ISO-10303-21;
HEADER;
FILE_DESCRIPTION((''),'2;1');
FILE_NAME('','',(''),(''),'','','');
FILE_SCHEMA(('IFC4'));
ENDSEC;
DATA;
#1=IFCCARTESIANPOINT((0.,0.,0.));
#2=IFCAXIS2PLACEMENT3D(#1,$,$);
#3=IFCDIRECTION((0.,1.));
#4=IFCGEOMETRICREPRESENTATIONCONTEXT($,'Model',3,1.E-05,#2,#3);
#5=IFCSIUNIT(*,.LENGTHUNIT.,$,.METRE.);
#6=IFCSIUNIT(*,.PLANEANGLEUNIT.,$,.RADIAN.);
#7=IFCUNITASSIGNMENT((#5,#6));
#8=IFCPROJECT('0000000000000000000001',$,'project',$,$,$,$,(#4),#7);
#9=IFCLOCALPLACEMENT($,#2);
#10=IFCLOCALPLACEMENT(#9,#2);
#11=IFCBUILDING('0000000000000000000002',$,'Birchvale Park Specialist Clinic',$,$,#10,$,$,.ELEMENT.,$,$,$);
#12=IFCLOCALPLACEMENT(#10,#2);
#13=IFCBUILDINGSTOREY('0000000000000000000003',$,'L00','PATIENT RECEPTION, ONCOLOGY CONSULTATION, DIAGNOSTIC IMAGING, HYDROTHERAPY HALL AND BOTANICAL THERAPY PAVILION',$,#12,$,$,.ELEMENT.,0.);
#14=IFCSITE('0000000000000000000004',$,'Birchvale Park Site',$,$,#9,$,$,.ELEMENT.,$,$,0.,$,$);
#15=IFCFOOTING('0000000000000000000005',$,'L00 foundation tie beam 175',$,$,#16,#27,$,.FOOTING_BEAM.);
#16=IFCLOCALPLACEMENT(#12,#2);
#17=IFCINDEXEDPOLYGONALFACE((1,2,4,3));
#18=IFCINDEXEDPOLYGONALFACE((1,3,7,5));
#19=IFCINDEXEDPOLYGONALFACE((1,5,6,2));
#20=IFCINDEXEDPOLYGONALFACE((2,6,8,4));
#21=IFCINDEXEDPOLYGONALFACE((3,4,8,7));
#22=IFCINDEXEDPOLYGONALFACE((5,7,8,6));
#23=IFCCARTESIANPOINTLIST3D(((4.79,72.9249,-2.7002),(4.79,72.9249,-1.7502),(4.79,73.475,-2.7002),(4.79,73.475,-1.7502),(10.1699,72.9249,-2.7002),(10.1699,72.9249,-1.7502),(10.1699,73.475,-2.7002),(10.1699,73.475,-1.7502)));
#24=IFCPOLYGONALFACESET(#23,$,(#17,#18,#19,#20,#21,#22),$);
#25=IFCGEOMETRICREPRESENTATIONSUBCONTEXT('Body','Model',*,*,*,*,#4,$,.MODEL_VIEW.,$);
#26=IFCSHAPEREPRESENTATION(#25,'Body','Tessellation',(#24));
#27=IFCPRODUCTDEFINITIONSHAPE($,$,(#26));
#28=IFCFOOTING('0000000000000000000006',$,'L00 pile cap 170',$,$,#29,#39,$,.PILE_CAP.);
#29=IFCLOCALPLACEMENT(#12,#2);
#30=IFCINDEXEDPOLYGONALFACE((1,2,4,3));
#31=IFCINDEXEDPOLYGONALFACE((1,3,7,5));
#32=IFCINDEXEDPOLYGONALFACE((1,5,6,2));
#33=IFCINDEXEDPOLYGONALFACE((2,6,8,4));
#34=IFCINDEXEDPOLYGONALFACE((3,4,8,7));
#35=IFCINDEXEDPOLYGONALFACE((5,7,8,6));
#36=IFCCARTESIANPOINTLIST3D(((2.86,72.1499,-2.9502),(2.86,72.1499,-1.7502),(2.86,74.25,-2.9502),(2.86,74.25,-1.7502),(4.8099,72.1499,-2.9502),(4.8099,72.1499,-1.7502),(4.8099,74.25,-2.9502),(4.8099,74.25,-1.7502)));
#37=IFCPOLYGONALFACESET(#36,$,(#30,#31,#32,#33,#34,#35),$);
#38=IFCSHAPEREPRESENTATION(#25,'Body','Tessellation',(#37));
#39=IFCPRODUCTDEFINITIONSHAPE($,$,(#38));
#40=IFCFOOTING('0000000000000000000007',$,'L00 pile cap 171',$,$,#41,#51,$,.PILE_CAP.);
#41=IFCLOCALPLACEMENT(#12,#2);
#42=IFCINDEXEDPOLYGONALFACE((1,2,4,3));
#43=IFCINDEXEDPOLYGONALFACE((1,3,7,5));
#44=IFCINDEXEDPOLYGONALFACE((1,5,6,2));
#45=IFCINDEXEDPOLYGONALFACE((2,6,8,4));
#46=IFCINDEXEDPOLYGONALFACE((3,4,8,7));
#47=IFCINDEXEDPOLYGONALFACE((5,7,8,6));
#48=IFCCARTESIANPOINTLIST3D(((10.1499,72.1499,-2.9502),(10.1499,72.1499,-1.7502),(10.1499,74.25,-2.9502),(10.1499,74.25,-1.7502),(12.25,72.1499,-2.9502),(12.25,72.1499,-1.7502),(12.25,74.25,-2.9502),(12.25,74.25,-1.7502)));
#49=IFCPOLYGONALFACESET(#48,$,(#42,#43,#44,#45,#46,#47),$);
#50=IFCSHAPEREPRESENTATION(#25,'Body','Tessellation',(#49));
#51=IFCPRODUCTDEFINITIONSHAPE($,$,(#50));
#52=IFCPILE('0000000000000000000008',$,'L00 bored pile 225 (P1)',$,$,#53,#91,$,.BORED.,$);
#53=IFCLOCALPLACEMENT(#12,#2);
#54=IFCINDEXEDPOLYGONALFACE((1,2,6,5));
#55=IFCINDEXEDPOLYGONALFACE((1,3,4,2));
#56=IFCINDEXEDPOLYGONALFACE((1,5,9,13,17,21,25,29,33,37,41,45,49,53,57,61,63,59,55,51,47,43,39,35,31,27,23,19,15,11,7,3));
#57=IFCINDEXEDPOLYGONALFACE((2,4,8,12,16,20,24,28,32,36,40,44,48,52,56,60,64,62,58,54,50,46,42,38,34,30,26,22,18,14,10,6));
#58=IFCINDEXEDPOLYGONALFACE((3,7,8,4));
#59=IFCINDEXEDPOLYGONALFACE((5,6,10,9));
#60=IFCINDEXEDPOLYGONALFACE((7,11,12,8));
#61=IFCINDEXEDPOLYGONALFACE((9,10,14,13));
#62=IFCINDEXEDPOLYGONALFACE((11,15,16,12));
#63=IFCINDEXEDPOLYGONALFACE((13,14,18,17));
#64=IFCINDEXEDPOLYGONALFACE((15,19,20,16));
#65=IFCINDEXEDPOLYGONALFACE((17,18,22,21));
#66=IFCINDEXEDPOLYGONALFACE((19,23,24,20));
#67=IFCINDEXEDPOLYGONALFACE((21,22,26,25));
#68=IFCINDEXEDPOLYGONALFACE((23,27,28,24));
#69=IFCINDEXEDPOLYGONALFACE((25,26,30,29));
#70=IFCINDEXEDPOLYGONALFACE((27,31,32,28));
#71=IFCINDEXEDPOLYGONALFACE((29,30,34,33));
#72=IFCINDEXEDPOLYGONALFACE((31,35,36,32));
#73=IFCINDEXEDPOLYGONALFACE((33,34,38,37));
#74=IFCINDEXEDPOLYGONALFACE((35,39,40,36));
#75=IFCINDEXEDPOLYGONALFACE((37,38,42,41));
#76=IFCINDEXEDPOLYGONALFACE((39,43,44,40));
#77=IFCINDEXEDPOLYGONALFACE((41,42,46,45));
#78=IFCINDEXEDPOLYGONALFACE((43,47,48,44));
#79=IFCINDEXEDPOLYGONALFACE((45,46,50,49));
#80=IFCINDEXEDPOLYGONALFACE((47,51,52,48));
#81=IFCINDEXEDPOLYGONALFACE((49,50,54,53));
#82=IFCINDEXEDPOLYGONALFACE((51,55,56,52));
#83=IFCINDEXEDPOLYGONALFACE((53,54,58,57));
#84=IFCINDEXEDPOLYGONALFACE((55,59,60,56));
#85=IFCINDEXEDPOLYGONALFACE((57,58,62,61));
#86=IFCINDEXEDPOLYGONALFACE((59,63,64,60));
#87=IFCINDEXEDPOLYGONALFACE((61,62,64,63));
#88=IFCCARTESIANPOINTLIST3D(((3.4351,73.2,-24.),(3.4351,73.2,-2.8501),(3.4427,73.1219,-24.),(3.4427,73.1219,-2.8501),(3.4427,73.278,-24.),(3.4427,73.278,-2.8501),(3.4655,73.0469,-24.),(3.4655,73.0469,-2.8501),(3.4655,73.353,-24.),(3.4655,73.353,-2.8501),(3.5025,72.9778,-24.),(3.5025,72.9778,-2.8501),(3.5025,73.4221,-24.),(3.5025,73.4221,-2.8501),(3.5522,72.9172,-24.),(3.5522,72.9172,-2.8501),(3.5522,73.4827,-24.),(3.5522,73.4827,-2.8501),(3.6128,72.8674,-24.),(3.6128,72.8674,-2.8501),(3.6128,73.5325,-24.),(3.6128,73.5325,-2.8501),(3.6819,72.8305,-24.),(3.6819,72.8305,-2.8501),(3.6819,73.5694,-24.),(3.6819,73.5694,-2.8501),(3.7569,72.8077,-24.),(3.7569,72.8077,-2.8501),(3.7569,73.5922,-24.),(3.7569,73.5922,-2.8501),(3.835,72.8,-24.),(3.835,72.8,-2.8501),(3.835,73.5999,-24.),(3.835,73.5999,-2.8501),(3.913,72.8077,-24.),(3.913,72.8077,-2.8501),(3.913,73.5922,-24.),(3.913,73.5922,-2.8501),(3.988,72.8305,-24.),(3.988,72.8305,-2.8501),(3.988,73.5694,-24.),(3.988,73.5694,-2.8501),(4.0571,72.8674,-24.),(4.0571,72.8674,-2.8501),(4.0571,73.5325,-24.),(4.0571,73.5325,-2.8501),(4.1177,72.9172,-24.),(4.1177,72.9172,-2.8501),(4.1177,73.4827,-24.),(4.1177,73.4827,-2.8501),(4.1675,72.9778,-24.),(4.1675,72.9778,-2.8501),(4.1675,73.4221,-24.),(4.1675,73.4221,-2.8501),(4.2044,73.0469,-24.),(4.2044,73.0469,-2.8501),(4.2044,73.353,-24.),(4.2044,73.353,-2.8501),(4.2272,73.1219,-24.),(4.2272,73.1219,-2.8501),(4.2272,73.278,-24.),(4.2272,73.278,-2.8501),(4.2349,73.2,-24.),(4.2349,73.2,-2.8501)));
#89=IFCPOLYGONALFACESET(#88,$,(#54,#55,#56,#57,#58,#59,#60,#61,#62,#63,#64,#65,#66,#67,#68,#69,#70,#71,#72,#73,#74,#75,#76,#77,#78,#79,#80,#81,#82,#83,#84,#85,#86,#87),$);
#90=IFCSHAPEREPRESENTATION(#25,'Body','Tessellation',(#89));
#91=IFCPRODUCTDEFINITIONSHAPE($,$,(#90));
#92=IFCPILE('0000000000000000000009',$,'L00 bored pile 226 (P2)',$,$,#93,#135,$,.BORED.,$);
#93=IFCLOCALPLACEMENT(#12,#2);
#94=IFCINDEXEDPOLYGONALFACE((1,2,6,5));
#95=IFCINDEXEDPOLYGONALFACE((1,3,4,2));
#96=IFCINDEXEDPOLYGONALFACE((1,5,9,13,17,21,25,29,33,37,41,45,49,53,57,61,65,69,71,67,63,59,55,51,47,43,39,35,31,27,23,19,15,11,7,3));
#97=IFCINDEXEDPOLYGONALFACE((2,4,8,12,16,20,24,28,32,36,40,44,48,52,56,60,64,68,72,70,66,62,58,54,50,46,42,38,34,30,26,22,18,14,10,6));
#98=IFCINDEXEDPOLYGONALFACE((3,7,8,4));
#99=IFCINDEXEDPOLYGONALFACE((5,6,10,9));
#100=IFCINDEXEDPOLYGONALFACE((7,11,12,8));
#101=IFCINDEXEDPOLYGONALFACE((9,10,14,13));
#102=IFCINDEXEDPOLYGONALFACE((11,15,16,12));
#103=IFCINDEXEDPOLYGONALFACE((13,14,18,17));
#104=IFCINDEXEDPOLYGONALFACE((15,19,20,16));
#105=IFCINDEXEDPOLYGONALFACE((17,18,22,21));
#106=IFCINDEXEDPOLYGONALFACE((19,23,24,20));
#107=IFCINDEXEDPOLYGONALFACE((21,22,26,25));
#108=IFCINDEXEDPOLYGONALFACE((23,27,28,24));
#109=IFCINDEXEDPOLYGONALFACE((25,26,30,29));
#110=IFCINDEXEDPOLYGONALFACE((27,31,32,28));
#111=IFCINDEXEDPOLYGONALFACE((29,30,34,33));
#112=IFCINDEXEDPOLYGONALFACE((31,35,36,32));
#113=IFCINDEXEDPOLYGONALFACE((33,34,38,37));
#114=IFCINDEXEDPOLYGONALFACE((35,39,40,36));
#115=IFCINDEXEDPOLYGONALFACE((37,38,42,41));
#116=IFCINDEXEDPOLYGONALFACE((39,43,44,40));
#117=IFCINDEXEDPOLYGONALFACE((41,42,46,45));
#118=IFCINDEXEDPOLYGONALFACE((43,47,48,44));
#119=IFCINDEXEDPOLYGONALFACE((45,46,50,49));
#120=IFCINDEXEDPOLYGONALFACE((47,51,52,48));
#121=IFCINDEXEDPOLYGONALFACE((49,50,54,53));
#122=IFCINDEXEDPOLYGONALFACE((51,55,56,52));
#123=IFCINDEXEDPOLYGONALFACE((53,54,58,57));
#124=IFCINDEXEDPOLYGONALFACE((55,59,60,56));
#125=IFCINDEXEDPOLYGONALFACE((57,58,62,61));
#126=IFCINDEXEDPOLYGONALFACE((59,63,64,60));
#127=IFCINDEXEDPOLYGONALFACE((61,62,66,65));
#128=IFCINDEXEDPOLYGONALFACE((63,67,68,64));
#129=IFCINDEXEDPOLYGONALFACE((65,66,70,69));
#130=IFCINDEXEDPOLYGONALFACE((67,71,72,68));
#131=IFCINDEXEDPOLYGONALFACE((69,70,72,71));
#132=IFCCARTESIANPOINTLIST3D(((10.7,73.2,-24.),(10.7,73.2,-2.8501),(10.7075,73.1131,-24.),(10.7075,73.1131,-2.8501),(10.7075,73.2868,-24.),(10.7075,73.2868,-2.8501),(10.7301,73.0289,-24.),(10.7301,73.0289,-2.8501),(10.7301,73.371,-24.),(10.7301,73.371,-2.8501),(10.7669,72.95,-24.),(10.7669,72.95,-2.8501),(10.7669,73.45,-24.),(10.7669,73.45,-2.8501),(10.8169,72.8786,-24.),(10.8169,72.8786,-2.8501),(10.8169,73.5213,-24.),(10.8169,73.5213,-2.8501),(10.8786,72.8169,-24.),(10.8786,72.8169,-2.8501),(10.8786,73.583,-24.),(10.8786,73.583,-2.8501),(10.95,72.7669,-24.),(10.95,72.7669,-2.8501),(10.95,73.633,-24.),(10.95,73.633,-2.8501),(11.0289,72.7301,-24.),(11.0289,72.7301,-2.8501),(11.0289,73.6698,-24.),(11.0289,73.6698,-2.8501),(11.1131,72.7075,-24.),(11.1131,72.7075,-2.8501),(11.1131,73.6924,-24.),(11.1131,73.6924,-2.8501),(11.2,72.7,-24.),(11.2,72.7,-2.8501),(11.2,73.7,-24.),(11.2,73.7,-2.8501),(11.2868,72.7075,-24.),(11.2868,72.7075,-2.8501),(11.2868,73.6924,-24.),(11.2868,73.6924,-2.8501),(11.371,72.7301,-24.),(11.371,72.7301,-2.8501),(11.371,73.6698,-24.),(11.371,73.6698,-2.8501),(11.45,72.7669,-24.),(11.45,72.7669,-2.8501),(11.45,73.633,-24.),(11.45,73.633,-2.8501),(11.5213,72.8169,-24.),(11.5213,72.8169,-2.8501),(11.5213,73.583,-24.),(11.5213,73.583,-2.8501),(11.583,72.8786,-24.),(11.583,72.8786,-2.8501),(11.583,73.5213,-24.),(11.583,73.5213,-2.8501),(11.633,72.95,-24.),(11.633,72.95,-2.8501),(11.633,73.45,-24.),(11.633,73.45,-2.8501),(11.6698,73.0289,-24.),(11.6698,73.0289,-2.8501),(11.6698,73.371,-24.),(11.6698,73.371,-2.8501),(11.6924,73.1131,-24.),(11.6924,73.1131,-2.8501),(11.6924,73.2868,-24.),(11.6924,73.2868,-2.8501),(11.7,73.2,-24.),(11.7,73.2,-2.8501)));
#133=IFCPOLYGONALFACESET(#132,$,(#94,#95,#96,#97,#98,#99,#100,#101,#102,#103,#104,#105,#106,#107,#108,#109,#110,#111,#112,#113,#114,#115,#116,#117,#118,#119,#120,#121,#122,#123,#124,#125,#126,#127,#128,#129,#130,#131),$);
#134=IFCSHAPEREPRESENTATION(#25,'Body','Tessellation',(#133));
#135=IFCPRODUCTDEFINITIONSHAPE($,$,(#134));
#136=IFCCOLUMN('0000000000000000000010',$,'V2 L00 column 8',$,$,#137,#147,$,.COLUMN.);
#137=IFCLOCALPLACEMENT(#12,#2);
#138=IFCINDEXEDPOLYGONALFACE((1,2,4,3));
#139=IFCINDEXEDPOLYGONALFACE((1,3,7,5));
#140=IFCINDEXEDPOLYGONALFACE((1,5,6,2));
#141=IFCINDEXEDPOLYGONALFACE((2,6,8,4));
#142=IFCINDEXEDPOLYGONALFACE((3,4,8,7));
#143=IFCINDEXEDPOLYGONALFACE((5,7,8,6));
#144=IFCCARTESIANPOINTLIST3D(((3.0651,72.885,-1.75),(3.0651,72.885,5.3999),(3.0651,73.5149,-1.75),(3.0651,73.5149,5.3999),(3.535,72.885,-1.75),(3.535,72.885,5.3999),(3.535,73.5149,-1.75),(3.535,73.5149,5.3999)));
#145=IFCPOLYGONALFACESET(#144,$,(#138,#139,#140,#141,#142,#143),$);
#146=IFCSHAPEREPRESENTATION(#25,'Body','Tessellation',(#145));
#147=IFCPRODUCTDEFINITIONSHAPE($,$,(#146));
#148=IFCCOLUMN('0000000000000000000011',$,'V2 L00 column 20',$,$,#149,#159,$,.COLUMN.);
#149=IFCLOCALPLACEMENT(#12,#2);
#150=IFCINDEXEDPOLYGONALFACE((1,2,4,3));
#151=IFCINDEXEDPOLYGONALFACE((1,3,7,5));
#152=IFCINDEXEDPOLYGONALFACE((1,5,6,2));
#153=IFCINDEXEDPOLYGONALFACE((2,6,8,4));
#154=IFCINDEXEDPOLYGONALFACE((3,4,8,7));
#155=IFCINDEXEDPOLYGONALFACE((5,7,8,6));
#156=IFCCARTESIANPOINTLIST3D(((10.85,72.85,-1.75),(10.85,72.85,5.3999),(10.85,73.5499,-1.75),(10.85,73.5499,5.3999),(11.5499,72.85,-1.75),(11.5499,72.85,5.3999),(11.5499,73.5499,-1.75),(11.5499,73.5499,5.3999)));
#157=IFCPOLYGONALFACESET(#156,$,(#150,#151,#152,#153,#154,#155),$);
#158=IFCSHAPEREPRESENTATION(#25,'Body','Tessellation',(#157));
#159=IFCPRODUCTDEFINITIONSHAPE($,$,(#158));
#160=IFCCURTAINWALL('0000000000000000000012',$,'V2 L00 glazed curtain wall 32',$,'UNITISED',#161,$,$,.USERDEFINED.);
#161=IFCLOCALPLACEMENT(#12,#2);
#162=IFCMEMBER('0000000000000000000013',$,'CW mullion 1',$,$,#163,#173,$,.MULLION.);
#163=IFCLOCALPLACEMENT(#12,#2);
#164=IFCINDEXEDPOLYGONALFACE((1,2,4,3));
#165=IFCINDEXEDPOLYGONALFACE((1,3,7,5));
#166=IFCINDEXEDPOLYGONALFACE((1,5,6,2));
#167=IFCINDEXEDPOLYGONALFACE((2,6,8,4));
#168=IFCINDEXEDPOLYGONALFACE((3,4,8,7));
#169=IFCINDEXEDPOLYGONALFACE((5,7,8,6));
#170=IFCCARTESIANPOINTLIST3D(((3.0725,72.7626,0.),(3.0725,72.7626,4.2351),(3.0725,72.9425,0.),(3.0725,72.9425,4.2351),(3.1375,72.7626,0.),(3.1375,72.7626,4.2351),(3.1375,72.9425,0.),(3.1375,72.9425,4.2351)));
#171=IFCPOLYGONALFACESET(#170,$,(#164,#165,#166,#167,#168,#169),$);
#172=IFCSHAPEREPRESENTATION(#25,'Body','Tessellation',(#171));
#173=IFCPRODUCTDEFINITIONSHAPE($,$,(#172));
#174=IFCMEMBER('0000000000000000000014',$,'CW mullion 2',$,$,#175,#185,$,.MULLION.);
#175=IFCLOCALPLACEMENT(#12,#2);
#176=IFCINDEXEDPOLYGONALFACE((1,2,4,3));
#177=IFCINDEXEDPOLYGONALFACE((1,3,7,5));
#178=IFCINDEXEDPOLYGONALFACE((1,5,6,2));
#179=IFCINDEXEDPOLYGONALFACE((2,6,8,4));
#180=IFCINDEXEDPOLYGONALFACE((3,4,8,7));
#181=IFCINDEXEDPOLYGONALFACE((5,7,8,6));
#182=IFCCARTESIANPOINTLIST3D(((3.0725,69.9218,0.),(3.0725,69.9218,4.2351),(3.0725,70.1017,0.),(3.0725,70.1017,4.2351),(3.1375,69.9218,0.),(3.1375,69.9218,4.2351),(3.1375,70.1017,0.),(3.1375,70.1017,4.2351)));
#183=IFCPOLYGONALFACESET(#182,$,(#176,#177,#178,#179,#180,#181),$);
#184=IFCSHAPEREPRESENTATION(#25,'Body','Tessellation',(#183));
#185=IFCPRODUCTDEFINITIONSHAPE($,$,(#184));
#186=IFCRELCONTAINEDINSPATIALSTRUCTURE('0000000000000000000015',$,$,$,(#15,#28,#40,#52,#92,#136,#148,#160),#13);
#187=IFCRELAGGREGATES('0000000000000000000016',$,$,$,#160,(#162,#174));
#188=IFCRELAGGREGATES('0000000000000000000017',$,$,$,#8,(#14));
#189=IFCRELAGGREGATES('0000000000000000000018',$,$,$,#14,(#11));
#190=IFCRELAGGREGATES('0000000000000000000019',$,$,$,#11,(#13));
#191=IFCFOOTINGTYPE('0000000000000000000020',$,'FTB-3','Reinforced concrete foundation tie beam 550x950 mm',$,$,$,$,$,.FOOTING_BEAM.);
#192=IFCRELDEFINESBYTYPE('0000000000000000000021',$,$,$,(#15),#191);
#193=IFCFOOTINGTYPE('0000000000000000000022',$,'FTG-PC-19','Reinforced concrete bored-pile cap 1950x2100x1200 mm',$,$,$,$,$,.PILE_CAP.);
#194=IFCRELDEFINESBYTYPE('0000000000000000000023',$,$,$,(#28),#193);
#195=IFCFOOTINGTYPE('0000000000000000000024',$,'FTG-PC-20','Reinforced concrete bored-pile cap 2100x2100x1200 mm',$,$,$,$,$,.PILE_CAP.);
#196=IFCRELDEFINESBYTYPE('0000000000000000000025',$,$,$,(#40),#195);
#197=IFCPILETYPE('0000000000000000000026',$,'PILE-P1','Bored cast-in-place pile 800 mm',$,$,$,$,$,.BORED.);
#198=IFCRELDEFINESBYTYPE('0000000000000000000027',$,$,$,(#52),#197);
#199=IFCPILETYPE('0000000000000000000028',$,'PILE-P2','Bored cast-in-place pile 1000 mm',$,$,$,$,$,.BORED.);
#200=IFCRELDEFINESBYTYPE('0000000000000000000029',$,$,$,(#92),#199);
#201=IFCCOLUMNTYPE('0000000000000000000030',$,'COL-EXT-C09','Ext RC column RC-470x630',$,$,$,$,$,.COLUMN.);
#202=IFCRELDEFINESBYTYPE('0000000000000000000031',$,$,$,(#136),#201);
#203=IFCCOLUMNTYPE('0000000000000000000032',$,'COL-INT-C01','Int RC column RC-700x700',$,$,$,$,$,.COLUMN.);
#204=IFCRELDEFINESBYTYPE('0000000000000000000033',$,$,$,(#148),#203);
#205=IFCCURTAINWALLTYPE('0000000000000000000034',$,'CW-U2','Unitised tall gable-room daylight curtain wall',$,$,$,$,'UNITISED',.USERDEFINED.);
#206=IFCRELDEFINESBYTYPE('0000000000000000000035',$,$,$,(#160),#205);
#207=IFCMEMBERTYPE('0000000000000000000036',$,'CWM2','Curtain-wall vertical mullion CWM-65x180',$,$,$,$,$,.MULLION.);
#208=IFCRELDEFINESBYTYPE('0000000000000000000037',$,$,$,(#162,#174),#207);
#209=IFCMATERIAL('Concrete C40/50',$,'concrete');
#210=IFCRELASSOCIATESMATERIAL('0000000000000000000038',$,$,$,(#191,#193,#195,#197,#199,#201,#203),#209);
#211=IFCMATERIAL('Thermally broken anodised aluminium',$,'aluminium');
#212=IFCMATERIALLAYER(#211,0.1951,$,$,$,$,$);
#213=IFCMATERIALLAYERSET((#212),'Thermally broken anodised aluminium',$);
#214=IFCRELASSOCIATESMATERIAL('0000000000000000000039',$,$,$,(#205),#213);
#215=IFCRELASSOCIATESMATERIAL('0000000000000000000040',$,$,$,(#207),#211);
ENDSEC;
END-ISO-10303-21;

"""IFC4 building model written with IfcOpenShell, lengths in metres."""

from ifc_helpers import new_model, si_unit, direction, frame, origin, origin_2d, place, context, subcontext, project, spatial, rectangle, circle, extrude, material, layer, layer_set, material_profile, profile_set, type_object, element, aggregate, save


model = new_model("IFC4")

# Units and contexts
model_context = context("Model", 3, precision=1e-05, world=origin(), true_north=direction((0.0, 1.0)))
body_context = subcontext(model_context, "Body", "Model", "MODEL_VIEW")
ifc_project = project(units=[si_unit("LENGTHUNIT", "METRE"), si_unit("PLANEANGLEUNIT", "RADIAN")], contexts=[model_context])

# Site, building, storey
site_placement = place(None, origin())
site = spatial("IfcSite", under=ifc_project, at=site_placement, Name="Birchvale Park Site", CompositionType="ELEMENT", RefElevation=0.0)
building_placement = place(site_placement, origin())
building = spatial("IfcBuilding", under=site, at=building_placement, Name="Birchvale Park Specialist Clinic", CompositionType="ELEMENT")
storey_placement = place(building_placement, origin())
storey = spatial("IfcBuildingStorey", under=building, at=storey_placement, Name="L00", Description="PATIENT RECEPTION, ONCOLOGY CONSULTATION, DIAGNOSTIC IMAGING, HYDROTHERAPY HALL AND BOTANICAL THERAPY PAVILION", CompositionType="ELEMENT", Elevation=0.0)

# Footings
ifc_material_1 = material(Name="Concrete C40/50", Category="concrete")
footing_type_1 = type_object("IfcFootingType", Name="FTB-3", Description="Reinforced concrete foundation tie beam 550x950 mm", PredefinedType="FOOTING_BEAM", material=ifc_material_1)
footing_1_placement = place(storey_placement, frame((7.48, 73.2, -2.7002), z_axis=(0.0, 0.0, 1.0), x_axis=(1.0, 0.0, 0.0)))
element("IfcFooting", 1, at=footing_1_placement, inside=storey, type_object=footing_type_1, Name="L00 foundation tie beam 175", PredefinedType="FOOTING_BEAM", context=body_context, shape_type="SweptSolid", body=[
    extrude(rectangle(XDim=5.3799, YDim=0.55, at=origin_2d()), origin(), (0.0, 0.0, 1.0), 0.95),
])
footing_type_2 = type_object("IfcFootingType", Name="FTG-PC-19", Description="Reinforced concrete bored-pile cap 1950x2100x1200 mm", PredefinedType="PILE_CAP", material=ifc_material_1)
footing_2_placement = place(storey_placement, frame((3.835, 73.2, -2.9502), z_axis=(0.0, 0.0, 1.0), x_axis=(1.0, 0.0, 0.0)))
element("IfcFooting", 2, at=footing_2_placement, inside=storey, type_object=footing_type_2, Name="L00 pile cap 170", PredefinedType="PILE_CAP", context=body_context, shape_type="SweptSolid", body=[
    extrude(rectangle(XDim=1.95, YDim=2.1001, at=origin_2d()), origin(), (0.0, 0.0, 1.0), 1.2),
])
footing_type_3 = type_object("IfcFootingType", Name="FTG-PC-20", Description="Reinforced concrete bored-pile cap 2100x2100x1200 mm", PredefinedType="PILE_CAP", material=ifc_material_1)
footing_3_placement = place(storey_placement, frame((11.2, 73.2, -2.9502), z_axis=(0.0, 0.0, 1.0), x_axis=(1.0, 0.0, 0.0)))
element("IfcFooting", 3, at=footing_3_placement, inside=storey, type_object=footing_type_3, Name="L00 pile cap 171", PredefinedType="PILE_CAP", context=body_context, shape_type="SweptSolid", body=[
    extrude(rectangle(XDim=2.1001, YDim=2.1001, at=origin_2d()), origin(), (0.0, 0.0, 1.0), 1.2),
])

# Piles
ifc_material_profile_1 = material_profile(ifc_material_1, circle(Radius=0.3999, at=origin_2d()), Name="PILE-800")
ifc_profile_set_1 = profile_set([ifc_material_profile_1], Name="Concrete C40/50")
pile_type_1 = type_object("IfcPileType", Name="PILE-P1", Description="Bored cast-in-place pile 800 mm", PredefinedType="BORED", material=ifc_profile_set_1)
pile_1_placement = place(storey_placement, frame((3.835, 73.2, -2.8501), z_axis=(0.0, 0.0, -1.0), x_axis=(1.0, 0.0, 0.0)))
element("IfcPile", 4, at=pile_1_placement, inside=storey, type_object=pile_type_1, Name="L00 bored pile 225 (P1)", PredefinedType="BORED", context=body_context, shape_type="SweptSolid", body=[
    extrude(circle(Radius=0.3999, at=origin_2d()), origin(), (0.0, 0.0, 1.0), 21.1499),
])
ifc_material_profile_2 = material_profile(ifc_material_1, circle(Radius=0.5, at=origin_2d()), Name="PILE-1000")
ifc_profile_set_2 = profile_set([ifc_material_profile_2], Name="Concrete C40/50")
pile_type_2 = type_object("IfcPileType", Name="PILE-P2", Description="Bored cast-in-place pile 1000 mm", PredefinedType="BORED", material=ifc_profile_set_2)
pile_2_placement = place(storey_placement, frame((11.2, 73.2, -2.8501), z_axis=(0.0, 0.0, -1.0), x_axis=(1.0, 0.0, 0.0)))
element("IfcPile", 5, at=pile_2_placement, inside=storey, type_object=pile_type_2, Name="L00 bored pile 226 (P2)", PredefinedType="BORED", context=body_context, shape_type="SweptSolid", body=[
    extrude(circle(Radius=0.5, at=origin_2d()), origin(), (0.0, 0.0, 1.0), 21.1499),
])

# Columns
ifc_material_profile_3 = material_profile(ifc_material_1, rectangle(XDim=0.47, YDim=0.6299, at=origin_2d()), Name="RC-470x630")
ifc_profile_set_3 = profile_set([ifc_material_profile_3], Name="Concrete C40/50")
column_type_1 = type_object("IfcColumnType", Name="COL-EXT-C09", Description="Ext RC column RC-470x630", PredefinedType="COLUMN", material=ifc_profile_set_3)
column_1_placement = place(storey_placement, frame((3.3, 73.2, -1.75), z_axis=(0.0, 0.0, 1.0), x_axis=(1.0, 0.0, 0.0)))
element("IfcColumn", 6, at=column_1_placement, inside=storey, type_object=column_type_1, Name="V2 L00 column 8", PredefinedType="COLUMN", context=body_context, shape_type="SweptSolid", body=[
    extrude(rectangle(XDim=0.47, YDim=0.6299, at=origin_2d()), origin(), (0.0, 0.0, 1.0), 7.1499),
])
ifc_material_profile_4 = material_profile(ifc_material_1, rectangle(XDim=0.7, YDim=0.7, at=origin_2d()), Name="RC-700x700")
ifc_profile_set_4 = profile_set([ifc_material_profile_4], Name="Concrete C40/50")
column_type_2 = type_object("IfcColumnType", Name="COL-INT-C01", Description="Int RC column RC-700x700", PredefinedType="COLUMN", material=ifc_profile_set_4)
column_2_placement = place(storey_placement, frame((11.2, 73.2, -1.75), z_axis=(0.0, 0.0, 1.0), x_axis=(1.0, 0.0, 0.0)))
element("IfcColumn", 7, at=column_2_placement, inside=storey, type_object=column_type_2, Name="V2 L00 column 20", PredefinedType="COLUMN", context=body_context, shape_type="SweptSolid", body=[
    extrude(rectangle(XDim=0.7, YDim=0.7, at=origin_2d()), origin(), (0.0, 0.0, 1.0), 7.1499),
])

# Curtain wall, members
ifc_material_2 = material(Name="Thermally broken anodised aluminium", Category="aluminium")
ifc_layer_1 = layer(ifc_material_2, 0.1951)
ifc_layer_set_1 = layer_set([ifc_layer_1], Name="Thermally broken anodised aluminium")
curtain_wall_type = type_object("IfcCurtainWallType", Name="CW-U2", Description="Unitised tall gable-room daylight curtain wall", ElementType="UNITISED", PredefinedType="USERDEFINED", material=ifc_layer_set_1)
curtain_wall_placement = place(storey_placement, origin())
curtain_wall = element("IfcCurtainWall", 8, at=curtain_wall_placement, inside=storey, type_object=curtain_wall_type, Name="V2 L00 glazed curtain wall 32", ObjectType="UNITISED", PredefinedType="USERDEFINED")
ifc_material_profile_5 = material_profile(ifc_material_2, rectangle(XDim=0.0649, YDim=0.1799, at=origin_2d()), Name="CWM-65x180")
ifc_profile_set_5 = profile_set([ifc_material_profile_5], Name="Thermally broken anodised aluminium")
member_type_1 = type_object("IfcMemberType", Name="CWM2", Description="Curtain-wall vertical mullion CWM-65x180", PredefinedType="MULLION", material=ifc_profile_set_5)
member_1_placement = place(storey_placement, frame((3.105, 72.8525, 0.0), z_axis=(0.0, 0.0, 1.0), x_axis=(1.0, 0.0, 0.0)))
member_1 = element("IfcMember", 9, at=member_1_placement, type_object=member_type_1, Name="CW mullion 1", PredefinedType="MULLION", context=body_context, shape_type="SweptSolid", body=[
    extrude(rectangle(XDim=0.0649, YDim=0.1799, at=origin_2d()), origin(), (0.0, 0.0, 1.0), 4.2351),
])
member_2_placement = place(storey_placement, frame((3.105, 70.0117, 0.0), z_axis=(0.0, 0.0, 1.0), x_axis=(1.0, 0.0, 0.0)))
member_2 = element("IfcMember", 10, at=member_2_placement, type_object=member_type_1, Name="CW mullion 2", PredefinedType="MULLION", context=body_context, shape_type="SweptSolid", body=[
    extrude(rectangle(XDim=0.0649, YDim=0.1799, at=origin_2d()), origin(), (0.0, 0.0, 1.0), 4.2351),
])
aggregate(curtain_wall, [member_1, member_2])

save(model, "model.ifc")
